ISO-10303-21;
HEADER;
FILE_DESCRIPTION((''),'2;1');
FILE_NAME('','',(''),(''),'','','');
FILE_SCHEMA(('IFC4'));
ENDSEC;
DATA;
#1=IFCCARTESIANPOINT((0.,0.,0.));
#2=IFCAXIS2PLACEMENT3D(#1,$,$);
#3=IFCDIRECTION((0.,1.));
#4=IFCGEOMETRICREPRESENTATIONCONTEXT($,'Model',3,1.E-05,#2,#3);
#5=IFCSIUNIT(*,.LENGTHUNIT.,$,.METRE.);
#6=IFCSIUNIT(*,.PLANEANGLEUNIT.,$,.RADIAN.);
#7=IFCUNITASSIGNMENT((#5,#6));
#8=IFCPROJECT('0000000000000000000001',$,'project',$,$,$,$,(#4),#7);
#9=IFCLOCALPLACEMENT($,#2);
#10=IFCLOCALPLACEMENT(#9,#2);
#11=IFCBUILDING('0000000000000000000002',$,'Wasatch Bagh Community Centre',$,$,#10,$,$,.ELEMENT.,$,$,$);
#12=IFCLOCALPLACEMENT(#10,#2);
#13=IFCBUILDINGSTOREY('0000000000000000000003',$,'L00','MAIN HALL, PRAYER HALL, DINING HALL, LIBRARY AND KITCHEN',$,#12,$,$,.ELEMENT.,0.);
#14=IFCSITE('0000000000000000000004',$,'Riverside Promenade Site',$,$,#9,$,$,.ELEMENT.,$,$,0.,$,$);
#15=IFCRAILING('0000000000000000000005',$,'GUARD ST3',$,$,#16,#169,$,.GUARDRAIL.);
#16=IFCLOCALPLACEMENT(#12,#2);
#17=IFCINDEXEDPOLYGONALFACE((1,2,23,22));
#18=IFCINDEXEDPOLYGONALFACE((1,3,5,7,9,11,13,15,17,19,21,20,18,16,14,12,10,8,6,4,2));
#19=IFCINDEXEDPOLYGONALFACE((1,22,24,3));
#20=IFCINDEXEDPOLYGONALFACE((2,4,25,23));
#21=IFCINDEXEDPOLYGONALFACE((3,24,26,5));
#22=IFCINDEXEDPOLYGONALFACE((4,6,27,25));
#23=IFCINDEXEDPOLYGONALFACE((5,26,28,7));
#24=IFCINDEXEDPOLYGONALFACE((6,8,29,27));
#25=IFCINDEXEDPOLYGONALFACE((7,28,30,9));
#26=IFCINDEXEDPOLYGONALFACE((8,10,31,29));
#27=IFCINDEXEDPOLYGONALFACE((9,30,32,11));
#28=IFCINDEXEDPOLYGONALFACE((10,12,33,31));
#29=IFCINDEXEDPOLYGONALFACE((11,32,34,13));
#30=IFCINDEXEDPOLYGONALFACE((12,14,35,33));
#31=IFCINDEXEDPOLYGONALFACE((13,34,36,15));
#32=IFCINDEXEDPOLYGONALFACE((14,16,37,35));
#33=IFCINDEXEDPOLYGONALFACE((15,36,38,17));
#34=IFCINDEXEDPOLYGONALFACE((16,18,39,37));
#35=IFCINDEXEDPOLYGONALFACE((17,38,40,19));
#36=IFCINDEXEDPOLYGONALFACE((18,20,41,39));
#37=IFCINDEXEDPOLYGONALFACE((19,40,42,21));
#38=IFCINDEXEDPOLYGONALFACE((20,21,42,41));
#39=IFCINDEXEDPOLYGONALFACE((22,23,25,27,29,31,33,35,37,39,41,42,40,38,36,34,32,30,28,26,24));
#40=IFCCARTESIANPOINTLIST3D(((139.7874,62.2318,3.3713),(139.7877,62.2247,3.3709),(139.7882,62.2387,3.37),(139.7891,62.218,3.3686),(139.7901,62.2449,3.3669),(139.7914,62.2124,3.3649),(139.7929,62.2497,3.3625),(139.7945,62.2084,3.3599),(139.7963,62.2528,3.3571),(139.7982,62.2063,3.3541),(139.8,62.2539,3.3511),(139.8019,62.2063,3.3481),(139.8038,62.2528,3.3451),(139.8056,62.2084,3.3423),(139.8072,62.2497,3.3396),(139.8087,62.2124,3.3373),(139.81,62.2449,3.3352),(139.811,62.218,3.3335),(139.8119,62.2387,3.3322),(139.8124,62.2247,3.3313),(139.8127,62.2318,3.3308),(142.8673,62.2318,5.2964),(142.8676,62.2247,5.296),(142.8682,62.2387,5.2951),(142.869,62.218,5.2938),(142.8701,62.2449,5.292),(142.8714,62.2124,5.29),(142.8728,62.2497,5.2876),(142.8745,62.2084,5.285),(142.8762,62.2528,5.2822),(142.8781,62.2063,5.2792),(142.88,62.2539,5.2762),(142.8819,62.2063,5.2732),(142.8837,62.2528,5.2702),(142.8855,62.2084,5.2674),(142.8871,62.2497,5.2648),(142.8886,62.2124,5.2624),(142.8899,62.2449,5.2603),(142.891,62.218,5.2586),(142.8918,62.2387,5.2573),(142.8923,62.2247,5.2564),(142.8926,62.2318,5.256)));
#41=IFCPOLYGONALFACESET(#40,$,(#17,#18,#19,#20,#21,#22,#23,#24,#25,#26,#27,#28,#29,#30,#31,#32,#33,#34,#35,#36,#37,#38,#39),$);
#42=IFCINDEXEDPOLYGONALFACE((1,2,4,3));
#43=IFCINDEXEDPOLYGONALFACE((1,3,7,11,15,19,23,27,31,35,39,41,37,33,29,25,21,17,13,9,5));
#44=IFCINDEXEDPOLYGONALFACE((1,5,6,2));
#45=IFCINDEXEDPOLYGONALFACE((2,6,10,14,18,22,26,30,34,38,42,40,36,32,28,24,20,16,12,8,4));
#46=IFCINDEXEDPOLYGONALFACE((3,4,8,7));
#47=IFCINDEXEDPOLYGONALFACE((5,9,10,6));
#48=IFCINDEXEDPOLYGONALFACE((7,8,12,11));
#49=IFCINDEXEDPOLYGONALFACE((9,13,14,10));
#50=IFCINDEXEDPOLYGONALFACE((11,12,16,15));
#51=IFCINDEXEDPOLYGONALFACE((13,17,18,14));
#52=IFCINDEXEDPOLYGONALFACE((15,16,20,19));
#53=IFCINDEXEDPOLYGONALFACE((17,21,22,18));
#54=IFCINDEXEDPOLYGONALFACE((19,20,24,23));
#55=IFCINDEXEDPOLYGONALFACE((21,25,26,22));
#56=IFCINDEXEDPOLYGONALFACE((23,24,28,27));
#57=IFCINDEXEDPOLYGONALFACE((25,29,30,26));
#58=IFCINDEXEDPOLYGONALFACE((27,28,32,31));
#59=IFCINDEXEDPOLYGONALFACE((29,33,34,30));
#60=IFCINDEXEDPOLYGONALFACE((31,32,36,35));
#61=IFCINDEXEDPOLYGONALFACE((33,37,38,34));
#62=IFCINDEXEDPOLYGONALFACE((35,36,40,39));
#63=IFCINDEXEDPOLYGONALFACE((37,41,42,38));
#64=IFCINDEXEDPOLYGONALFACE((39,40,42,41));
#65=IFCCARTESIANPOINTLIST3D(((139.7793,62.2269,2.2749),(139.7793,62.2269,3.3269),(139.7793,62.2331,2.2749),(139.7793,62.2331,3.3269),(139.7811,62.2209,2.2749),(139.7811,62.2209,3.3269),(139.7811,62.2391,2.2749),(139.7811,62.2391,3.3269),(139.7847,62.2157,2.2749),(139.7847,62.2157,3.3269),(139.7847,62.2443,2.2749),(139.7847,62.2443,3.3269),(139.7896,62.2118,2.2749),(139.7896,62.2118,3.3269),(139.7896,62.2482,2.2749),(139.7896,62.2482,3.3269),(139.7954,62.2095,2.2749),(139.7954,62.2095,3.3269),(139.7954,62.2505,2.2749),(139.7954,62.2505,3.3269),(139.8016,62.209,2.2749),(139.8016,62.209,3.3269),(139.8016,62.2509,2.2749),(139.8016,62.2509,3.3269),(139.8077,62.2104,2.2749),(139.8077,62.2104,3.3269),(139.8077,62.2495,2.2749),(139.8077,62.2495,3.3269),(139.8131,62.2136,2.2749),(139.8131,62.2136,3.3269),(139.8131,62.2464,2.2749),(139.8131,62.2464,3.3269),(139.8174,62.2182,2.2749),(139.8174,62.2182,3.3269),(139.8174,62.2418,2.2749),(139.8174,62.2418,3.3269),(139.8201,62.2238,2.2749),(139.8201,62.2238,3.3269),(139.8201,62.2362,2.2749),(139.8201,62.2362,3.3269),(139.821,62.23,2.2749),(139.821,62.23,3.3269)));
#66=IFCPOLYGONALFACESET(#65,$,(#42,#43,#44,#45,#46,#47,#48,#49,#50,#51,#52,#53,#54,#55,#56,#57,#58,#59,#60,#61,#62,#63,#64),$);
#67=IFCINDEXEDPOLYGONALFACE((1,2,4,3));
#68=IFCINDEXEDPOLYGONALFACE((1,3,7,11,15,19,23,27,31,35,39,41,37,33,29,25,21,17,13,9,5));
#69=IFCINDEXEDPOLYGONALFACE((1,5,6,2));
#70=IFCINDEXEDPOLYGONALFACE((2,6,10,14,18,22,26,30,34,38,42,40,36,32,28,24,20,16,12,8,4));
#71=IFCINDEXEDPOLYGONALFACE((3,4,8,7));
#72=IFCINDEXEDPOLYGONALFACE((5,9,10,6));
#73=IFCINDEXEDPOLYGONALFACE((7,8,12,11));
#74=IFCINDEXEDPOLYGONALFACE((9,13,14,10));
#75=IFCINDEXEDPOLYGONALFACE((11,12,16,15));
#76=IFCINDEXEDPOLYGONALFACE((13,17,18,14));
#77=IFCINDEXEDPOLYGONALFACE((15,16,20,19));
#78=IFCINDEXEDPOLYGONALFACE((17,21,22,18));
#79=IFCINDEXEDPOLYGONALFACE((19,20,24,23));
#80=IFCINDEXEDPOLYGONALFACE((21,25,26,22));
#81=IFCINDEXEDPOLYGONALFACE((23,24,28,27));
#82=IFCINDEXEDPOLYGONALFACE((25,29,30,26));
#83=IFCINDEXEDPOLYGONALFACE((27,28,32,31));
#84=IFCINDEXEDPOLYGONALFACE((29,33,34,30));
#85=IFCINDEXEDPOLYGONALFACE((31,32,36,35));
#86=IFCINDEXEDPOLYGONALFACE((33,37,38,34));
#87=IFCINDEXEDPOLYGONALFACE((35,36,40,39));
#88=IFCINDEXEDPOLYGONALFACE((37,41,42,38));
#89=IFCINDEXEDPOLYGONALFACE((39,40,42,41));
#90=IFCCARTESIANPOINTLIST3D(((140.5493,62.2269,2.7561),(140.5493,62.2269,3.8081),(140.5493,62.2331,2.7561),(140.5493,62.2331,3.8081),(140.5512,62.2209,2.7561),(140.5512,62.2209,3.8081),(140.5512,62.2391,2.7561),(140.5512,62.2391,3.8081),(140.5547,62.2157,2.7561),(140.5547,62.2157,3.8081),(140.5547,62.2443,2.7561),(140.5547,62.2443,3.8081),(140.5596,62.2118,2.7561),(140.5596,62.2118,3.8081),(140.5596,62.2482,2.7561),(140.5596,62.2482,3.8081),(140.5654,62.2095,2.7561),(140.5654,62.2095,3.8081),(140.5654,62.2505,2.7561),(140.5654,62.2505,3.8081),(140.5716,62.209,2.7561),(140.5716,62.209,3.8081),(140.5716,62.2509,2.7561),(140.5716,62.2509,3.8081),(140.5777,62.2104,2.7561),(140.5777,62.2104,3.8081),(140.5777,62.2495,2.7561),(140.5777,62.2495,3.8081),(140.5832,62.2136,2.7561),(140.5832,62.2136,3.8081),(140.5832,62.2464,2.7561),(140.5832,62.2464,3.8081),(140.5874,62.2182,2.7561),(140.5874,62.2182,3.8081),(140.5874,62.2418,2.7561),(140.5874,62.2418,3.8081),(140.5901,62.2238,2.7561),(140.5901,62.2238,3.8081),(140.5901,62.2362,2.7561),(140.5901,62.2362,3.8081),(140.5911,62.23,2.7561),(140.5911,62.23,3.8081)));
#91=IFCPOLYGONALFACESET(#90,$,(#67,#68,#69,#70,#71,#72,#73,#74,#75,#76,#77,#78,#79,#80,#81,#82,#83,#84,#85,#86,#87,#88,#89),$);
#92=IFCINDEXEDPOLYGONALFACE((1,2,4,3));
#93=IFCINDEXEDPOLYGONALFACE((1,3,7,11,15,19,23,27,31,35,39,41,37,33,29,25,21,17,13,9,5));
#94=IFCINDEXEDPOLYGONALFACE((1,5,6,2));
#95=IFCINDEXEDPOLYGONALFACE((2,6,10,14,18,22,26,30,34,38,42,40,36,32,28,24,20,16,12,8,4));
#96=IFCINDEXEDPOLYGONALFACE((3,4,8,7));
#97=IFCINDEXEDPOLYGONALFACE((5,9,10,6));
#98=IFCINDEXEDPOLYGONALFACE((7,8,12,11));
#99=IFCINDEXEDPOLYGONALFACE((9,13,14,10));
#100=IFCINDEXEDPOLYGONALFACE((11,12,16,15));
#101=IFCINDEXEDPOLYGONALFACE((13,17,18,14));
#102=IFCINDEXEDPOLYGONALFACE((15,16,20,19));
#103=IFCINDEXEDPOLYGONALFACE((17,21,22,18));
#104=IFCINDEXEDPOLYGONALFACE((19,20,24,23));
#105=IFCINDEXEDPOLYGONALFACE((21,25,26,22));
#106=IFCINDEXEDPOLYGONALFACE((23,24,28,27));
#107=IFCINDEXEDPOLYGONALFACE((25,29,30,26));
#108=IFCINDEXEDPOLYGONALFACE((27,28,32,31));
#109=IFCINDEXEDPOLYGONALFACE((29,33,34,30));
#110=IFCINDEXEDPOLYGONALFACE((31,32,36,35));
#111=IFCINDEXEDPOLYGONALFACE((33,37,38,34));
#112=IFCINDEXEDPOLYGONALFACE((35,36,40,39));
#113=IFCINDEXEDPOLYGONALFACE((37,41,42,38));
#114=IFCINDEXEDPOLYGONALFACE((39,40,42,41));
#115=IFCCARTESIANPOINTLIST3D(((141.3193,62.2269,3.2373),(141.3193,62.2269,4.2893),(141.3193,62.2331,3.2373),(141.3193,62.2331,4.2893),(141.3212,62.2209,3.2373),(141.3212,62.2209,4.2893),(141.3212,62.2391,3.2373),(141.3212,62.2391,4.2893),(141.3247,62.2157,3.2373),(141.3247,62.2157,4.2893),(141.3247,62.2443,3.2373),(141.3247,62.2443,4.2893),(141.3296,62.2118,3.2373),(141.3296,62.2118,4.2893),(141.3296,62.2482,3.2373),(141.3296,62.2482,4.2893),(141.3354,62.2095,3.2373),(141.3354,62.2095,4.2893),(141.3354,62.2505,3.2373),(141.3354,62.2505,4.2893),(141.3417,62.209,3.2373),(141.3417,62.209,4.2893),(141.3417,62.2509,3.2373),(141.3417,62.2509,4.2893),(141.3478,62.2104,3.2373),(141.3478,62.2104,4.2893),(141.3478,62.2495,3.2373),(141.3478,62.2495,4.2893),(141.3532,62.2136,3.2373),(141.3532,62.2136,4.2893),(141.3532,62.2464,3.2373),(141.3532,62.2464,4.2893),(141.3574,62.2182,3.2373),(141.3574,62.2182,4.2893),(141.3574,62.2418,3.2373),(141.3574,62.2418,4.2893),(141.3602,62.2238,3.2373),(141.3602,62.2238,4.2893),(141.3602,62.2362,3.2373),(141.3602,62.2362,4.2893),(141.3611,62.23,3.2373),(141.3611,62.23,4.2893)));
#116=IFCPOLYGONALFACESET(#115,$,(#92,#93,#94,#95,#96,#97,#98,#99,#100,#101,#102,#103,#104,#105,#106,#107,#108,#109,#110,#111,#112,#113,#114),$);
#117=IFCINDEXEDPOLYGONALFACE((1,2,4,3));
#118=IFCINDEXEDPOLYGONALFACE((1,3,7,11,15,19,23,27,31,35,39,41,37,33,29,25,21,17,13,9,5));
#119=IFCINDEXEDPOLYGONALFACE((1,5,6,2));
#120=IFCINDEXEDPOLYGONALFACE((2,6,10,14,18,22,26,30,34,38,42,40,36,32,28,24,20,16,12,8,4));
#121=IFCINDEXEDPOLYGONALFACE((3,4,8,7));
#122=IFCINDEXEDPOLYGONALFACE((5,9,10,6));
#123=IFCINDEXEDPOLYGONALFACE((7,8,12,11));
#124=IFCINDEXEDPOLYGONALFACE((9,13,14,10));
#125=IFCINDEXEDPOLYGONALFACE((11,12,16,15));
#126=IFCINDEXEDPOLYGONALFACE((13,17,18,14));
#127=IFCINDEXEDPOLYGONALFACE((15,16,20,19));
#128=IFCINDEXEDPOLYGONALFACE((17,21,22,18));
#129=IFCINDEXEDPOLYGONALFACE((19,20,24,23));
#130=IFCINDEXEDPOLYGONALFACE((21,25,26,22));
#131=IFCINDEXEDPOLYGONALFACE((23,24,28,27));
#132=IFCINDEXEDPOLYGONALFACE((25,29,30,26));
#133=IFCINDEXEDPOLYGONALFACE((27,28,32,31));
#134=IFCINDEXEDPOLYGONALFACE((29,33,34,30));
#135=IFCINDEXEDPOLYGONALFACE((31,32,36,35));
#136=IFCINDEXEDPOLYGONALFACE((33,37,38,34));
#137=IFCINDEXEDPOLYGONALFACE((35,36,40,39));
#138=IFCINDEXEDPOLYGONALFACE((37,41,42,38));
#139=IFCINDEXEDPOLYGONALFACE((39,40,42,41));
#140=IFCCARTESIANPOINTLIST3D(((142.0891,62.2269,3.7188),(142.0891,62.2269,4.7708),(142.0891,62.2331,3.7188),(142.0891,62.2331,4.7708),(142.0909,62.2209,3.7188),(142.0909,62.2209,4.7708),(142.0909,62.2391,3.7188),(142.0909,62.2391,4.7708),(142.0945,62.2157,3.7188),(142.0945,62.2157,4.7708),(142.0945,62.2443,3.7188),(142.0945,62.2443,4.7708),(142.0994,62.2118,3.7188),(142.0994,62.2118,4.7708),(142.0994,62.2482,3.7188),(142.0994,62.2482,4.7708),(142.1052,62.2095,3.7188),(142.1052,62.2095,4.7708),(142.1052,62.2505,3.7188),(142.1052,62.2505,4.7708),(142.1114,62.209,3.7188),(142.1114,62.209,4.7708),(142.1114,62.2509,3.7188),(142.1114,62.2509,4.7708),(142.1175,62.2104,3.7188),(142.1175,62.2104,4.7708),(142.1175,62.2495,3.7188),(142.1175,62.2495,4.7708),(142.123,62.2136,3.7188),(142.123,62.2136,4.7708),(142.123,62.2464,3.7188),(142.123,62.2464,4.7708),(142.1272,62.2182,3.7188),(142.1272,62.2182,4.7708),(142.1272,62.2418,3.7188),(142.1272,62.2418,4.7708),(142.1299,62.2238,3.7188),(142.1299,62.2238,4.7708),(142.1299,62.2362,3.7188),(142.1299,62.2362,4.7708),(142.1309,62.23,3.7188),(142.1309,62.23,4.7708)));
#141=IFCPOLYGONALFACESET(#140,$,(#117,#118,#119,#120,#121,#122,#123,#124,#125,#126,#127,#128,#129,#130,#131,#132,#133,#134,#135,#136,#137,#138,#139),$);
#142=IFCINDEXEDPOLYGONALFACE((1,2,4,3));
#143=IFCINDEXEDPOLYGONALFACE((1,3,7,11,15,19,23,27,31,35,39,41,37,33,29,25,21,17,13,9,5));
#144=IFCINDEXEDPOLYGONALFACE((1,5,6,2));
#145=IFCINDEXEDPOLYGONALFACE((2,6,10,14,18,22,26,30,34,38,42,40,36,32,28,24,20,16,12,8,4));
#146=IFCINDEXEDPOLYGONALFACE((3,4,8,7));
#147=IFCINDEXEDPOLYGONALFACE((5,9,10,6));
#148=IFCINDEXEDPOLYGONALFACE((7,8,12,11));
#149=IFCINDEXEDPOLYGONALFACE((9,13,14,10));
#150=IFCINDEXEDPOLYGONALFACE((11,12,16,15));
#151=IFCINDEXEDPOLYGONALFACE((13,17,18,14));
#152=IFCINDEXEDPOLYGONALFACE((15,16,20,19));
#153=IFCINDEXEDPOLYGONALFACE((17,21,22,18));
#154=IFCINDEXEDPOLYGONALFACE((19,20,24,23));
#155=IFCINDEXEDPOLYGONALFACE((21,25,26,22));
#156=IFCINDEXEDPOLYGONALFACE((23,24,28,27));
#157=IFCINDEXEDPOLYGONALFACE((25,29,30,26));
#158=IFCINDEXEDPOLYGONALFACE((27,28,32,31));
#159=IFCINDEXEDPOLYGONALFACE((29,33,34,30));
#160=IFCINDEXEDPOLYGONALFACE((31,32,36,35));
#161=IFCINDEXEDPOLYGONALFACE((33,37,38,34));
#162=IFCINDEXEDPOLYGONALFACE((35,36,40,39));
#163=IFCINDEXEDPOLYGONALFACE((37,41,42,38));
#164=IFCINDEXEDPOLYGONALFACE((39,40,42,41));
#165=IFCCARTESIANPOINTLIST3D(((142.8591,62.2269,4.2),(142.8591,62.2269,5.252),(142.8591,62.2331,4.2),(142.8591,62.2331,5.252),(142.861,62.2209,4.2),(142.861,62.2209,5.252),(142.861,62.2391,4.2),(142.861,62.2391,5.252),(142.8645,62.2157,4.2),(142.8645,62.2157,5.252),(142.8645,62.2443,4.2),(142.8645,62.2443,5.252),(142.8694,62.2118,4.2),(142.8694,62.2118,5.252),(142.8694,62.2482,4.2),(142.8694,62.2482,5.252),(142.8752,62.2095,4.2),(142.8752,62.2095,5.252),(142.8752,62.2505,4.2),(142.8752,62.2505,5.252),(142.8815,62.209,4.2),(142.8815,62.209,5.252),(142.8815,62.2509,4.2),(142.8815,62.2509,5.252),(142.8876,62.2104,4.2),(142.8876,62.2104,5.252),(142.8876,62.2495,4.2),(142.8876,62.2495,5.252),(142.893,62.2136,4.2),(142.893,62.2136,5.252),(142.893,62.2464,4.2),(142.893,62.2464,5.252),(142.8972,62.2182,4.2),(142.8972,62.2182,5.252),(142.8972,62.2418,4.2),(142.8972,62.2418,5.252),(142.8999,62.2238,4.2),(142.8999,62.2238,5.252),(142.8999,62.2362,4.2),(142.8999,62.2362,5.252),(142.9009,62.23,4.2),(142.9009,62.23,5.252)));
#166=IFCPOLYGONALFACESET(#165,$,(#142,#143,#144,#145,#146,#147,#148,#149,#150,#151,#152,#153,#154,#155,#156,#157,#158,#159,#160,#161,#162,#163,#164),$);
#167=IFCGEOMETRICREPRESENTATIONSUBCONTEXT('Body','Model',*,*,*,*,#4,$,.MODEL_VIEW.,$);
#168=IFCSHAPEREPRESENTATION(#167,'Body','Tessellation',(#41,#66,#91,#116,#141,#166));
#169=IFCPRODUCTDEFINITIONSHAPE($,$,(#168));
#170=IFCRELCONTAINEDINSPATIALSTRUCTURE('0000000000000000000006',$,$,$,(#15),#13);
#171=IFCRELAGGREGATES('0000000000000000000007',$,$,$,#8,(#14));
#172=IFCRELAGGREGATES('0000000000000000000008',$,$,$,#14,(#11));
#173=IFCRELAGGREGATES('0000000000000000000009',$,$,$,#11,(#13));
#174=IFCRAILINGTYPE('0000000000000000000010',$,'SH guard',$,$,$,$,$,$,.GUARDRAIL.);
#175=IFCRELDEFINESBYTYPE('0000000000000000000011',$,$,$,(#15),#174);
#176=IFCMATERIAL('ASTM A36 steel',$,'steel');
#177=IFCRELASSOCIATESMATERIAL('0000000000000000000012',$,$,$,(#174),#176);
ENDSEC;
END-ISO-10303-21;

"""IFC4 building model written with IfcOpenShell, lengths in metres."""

from ifc_helpers import new_model, si_unit, direction, frame, origin, origin_2d, place, context, subcontext, project, spatial, circle, extrude, material, type_object, element, save


model = new_model("IFC4")

# Units and contexts
model_context = context("Model", 3, precision=1e-05, world=origin(), true_north=direction((0.0, 1.0)))
body_context = subcontext(model_context, "Body", "Model", "MODEL_VIEW")
ifc_project = project(units=[si_unit("LENGTHUNIT", "METRE"), si_unit("PLANEANGLEUNIT", "RADIAN")], contexts=[model_context])

# Site, building, storey
site_placement = place(None, origin())
site = spatial("IfcSite", under=ifc_project, at=site_placement, Name="Riverside Promenade Site", CompositionType="ELEMENT", RefElevation=0.0)
building_placement = place(site_placement, origin())
building = spatial("IfcBuilding", under=site, at=building_placement, Name="Wasatch Bagh Community Centre", CompositionType="ELEMENT")
storey_placement = place(building_placement, origin())
storey = spatial("IfcBuildingStorey", under=building, at=storey_placement, Name="L00", Description="MAIN HALL, PRAYER HALL, DINING HALL, LIBRARY AND KITCHEN", CompositionType="ELEMENT", Elevation=0.0)

# Railing
ifc_material_1 = material(Name="ASTM A36 steel", Category="steel")
railing_type = type_object("IfcRailingType", Name="SH guard", PredefinedType="GUARDRAIL", material=ifc_material_1)
railing_placement = place(storey_placement, frame((139.8, 62.23, 2.2749)))
element("IfcRailing", 1, at=railing_placement, inside=storey, type_object=railing_type, Name="GUARD ST3", PredefinedType="GUARDRAIL", context=body_context, shape_type="SweptSolid", body=[
    extrude(circle(Radius=0.0239, at=origin_2d()), frame((0.0, 0.0, 1.0762), z_axis=(0.847979, 0.0, 0.530029), x_axis=(0.0, 1.0, 0.0)), (0.0, 0.0, 1.0), 3.6321),
    extrude(circle(Radius=0.021, at=origin_2d()), origin(), (0.0, 0.0, 1.0), 1.052),
    extrude(circle(Radius=0.021, at=origin_2d()), frame((0.77, 0.0, 0.4812)), (0.0, 0.0, 1.0), 1.052),
    extrude(circle(Radius=0.021, at=origin_2d()), frame((1.54, 0.0, 0.9624)), (0.0, 0.0, 1.0), 1.052),
    extrude(circle(Radius=0.021, at=origin_2d()), frame((2.3098, 0.0, 1.4438)), (0.0, 0.0, 1.0), 1.052),
    extrude(circle(Radius=0.021, at=origin_2d()), frame((3.0798, 0.0, 1.925)), (0.0, 0.0, 1.0), 1.052),
])

save(model, "model.ifc")
